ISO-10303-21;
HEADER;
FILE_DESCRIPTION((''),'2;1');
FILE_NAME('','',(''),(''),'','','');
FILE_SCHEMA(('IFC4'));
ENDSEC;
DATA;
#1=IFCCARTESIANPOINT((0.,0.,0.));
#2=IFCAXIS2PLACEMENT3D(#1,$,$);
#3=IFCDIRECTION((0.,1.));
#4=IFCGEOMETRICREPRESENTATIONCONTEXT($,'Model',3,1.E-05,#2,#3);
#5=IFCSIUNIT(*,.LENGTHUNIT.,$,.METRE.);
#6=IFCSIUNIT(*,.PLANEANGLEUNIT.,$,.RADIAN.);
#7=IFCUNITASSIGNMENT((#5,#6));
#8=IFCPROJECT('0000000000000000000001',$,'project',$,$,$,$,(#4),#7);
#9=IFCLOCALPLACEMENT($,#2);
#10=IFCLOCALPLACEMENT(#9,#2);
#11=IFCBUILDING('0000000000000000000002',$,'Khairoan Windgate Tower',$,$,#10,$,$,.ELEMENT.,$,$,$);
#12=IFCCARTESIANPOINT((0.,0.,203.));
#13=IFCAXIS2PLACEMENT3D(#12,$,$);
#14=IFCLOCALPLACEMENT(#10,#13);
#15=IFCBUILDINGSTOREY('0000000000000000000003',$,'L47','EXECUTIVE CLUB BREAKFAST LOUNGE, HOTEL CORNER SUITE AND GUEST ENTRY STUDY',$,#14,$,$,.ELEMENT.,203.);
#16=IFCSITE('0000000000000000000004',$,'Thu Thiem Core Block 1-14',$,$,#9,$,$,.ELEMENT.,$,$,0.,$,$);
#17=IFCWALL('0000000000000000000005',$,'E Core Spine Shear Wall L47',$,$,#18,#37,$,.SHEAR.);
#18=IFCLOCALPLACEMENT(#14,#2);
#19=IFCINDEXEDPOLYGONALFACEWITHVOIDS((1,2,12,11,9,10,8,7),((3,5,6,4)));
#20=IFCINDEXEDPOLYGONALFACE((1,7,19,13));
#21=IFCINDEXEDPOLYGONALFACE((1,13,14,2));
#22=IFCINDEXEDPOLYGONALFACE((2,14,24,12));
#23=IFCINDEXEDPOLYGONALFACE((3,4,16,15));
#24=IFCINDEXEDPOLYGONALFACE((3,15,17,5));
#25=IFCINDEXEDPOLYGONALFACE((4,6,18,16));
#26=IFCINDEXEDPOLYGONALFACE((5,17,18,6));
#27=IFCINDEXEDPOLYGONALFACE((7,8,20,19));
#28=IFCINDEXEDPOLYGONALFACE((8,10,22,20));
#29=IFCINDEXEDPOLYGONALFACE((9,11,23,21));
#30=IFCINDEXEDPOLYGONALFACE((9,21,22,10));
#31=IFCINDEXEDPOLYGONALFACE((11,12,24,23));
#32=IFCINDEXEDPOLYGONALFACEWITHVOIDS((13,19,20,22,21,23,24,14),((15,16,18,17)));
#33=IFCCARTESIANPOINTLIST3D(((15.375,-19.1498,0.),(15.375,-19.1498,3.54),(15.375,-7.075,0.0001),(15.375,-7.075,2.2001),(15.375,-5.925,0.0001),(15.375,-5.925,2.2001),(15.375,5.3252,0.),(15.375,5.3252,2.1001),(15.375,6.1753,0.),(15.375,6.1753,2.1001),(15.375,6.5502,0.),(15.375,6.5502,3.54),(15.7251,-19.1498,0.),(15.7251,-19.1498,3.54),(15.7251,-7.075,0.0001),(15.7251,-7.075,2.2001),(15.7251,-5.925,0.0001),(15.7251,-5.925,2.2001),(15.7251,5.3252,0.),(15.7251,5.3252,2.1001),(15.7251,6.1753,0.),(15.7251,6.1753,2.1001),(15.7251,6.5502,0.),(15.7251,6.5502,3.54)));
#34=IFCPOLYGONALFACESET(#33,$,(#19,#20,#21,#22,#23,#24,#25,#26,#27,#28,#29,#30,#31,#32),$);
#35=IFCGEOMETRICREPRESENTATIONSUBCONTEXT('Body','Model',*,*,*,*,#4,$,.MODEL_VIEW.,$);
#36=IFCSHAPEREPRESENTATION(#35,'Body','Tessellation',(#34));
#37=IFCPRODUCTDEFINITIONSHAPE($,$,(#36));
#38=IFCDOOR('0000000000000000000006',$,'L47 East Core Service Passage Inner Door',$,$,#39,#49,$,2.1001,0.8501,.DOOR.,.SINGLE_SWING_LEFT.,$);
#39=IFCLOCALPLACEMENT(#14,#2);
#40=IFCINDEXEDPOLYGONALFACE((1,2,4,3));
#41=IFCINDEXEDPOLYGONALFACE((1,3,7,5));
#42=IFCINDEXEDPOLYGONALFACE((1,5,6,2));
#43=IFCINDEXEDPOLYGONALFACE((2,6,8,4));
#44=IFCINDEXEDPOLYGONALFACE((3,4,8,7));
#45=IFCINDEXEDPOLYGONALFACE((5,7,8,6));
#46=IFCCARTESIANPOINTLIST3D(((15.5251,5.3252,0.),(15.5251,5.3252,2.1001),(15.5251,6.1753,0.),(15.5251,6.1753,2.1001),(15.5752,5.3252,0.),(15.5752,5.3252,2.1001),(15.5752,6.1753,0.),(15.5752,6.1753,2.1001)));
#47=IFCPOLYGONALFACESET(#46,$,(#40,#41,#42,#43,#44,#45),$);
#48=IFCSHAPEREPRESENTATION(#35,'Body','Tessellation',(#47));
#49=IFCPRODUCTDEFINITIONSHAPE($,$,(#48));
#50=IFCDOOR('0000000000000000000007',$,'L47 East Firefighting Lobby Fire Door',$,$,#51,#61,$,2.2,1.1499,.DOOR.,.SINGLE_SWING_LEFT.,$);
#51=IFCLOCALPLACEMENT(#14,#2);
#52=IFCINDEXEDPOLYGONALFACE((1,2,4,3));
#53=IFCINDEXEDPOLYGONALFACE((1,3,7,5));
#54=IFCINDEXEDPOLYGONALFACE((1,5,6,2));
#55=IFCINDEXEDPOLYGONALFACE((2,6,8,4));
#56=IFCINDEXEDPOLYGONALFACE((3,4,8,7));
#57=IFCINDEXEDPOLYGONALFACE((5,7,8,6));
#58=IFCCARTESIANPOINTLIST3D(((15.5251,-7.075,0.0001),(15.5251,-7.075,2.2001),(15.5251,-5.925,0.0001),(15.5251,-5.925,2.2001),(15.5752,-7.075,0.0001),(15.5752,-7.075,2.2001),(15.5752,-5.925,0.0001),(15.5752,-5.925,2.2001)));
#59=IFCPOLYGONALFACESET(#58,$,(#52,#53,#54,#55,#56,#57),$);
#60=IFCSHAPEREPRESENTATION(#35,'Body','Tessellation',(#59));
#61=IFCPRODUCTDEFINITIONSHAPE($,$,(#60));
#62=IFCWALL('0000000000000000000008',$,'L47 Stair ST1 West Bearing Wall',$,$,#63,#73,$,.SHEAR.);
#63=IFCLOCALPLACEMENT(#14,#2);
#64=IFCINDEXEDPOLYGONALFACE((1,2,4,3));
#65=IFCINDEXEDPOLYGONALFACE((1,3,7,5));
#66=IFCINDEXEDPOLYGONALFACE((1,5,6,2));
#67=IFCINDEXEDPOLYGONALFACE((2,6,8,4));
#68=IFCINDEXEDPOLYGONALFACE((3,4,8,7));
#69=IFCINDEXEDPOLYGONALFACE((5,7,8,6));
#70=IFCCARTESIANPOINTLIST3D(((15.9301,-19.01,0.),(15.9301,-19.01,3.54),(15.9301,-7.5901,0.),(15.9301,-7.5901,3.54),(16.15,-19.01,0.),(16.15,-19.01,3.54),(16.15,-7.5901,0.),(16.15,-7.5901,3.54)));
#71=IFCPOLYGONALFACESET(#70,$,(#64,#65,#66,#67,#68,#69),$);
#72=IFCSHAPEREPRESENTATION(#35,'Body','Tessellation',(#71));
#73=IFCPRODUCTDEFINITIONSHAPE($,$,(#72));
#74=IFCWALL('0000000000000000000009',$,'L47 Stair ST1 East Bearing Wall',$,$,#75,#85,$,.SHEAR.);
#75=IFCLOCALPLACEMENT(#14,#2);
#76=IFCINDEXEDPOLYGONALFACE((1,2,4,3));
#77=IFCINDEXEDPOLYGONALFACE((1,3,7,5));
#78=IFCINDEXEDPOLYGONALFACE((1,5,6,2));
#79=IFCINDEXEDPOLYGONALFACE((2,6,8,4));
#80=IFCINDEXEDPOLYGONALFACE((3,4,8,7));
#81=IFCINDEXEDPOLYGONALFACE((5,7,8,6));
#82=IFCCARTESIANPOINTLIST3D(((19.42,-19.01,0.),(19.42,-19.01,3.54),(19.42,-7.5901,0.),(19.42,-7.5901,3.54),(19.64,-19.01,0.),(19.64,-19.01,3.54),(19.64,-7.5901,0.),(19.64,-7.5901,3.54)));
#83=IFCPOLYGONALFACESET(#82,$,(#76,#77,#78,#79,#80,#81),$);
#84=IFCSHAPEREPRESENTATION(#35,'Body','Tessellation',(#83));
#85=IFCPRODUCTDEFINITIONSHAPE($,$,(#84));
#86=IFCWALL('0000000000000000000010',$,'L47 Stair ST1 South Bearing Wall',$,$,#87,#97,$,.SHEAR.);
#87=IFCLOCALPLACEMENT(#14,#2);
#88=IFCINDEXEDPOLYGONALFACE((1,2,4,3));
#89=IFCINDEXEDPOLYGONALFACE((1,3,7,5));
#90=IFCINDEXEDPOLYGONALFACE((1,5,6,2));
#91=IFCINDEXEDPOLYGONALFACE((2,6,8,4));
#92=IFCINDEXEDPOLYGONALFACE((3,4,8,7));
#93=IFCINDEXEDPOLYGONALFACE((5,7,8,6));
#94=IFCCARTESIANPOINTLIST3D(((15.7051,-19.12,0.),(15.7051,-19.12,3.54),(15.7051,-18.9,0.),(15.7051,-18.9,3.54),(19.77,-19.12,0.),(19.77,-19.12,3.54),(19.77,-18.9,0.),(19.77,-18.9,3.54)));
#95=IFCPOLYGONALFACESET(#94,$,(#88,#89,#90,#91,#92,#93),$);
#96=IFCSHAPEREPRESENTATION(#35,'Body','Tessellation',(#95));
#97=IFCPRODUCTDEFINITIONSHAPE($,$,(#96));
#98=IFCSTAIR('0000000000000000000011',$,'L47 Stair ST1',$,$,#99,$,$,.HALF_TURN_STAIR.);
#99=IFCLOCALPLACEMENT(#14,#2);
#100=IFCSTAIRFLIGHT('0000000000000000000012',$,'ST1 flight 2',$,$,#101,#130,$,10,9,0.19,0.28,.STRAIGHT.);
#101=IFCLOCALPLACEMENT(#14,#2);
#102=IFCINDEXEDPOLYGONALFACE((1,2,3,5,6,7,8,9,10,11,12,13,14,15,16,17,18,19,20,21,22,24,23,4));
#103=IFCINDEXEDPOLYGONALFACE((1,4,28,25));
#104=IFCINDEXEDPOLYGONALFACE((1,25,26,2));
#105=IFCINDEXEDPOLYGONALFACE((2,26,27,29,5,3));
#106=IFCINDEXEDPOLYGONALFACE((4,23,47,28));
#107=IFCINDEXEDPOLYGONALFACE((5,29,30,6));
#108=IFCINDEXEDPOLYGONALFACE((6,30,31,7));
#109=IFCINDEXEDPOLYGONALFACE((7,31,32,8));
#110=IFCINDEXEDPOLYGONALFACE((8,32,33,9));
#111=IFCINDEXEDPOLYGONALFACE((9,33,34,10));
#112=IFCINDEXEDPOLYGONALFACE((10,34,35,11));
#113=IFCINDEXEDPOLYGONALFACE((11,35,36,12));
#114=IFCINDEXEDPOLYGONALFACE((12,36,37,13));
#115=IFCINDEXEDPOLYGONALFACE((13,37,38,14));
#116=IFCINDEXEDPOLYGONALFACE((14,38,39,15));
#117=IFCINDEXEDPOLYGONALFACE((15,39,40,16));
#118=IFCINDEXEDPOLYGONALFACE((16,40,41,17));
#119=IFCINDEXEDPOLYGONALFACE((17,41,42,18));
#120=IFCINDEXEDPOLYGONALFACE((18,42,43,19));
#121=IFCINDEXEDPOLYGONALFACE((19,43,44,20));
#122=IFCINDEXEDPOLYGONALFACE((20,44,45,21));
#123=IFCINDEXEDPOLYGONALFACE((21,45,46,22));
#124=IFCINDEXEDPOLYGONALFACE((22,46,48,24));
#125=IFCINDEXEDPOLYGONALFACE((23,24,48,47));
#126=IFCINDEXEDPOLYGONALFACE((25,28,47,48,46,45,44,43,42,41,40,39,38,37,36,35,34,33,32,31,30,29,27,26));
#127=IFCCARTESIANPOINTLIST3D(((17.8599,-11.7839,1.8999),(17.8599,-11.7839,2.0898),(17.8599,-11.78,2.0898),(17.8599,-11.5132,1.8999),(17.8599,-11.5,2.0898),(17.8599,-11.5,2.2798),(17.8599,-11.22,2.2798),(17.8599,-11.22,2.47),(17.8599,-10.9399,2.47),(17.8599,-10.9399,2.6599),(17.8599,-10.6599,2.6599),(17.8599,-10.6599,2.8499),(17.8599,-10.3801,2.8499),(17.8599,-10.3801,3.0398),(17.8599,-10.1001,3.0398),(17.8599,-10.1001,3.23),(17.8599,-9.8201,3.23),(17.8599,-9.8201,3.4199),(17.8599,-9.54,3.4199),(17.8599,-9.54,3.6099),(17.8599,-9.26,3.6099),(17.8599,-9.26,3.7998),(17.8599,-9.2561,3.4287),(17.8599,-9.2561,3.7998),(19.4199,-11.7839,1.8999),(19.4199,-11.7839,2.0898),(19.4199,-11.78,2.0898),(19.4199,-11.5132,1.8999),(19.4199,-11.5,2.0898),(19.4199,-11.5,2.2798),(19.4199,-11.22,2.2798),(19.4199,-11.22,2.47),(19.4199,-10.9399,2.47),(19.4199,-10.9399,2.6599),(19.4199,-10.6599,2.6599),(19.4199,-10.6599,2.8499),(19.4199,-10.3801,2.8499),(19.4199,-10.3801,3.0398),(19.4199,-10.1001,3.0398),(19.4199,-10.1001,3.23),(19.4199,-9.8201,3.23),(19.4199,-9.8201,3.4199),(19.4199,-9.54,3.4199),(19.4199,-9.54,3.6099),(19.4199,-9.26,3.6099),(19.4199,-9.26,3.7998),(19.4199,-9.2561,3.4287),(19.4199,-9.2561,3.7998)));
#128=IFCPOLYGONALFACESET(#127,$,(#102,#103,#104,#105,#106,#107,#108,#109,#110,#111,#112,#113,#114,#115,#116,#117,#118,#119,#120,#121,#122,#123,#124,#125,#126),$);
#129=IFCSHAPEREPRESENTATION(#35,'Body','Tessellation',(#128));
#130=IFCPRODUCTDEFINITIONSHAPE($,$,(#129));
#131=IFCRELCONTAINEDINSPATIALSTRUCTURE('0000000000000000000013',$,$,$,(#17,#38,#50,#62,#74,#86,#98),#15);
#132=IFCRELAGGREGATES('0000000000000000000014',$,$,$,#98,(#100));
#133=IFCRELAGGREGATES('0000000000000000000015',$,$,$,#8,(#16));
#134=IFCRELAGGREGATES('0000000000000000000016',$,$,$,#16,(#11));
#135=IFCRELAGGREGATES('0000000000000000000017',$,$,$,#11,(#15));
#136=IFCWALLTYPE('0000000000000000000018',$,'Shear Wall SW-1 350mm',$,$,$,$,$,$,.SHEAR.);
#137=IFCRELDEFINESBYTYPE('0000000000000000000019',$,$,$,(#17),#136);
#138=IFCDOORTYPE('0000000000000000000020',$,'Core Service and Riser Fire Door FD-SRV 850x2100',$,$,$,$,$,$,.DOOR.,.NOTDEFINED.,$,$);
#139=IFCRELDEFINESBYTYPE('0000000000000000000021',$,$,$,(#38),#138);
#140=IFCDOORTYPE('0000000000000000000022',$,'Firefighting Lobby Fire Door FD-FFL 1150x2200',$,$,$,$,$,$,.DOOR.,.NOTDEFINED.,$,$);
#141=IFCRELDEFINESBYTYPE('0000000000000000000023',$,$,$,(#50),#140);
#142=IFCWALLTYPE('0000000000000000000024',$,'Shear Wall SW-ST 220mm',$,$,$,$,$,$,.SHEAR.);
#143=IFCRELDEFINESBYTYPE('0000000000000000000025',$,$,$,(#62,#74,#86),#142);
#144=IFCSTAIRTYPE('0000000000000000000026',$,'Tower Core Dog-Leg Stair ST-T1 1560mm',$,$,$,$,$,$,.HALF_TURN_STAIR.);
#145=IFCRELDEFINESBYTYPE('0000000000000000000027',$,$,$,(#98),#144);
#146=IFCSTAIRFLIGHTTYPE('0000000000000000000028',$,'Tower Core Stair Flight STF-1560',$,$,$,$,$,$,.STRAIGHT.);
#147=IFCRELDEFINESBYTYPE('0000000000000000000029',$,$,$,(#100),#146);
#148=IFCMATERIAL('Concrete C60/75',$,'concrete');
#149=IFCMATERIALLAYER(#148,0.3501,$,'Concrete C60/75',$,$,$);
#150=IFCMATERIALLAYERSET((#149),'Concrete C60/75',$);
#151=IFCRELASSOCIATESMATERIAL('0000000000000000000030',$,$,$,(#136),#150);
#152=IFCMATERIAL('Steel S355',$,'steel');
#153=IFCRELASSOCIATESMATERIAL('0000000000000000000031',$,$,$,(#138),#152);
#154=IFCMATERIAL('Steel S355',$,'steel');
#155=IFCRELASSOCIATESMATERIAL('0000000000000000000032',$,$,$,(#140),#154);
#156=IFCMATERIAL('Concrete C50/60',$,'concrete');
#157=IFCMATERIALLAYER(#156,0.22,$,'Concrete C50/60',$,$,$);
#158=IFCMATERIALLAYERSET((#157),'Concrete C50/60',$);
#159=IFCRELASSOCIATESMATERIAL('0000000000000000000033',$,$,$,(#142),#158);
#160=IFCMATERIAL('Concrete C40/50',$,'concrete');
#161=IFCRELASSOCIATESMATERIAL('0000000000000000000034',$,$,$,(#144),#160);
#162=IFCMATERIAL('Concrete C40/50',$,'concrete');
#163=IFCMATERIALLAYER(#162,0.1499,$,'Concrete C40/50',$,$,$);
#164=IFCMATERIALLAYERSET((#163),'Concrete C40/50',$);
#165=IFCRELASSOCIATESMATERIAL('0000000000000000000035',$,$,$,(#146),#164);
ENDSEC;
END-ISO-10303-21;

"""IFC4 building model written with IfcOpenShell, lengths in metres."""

from ifc_helpers import new_model, si_unit, direction, frame, frame_2d, origin, place, context, subcontext, project, spatial, polyline, rectangle, outline, extrude, material, layer, layer_set, type_object, element, fill, aggregate, save


model = new_model("IFC4")

# Units and contexts
model_context = context("Model", 3, precision=1e-05, world=origin(), true_north=direction((0.0, 1.0)))
body_context = subcontext(model_context, "Body", "Model", "MODEL_VIEW")
ifc_project = project(units=[si_unit("LENGTHUNIT", "METRE"), si_unit("PLANEANGLEUNIT", "RADIAN")], contexts=[model_context])

# Site, building, storey
site_placement = place(None, origin())
site = spatial("IfcSite", under=ifc_project, at=site_placement, Name="Thu Thiem Core Block 1-14", CompositionType="ELEMENT", RefElevation=0.0)
building_placement = place(site_placement, origin())
building = spatial("IfcBuilding", under=site, at=building_placement, Name="Khairoan Windgate Tower", CompositionType="ELEMENT")
storey_placement = place(building_placement, frame((0.0, 0.0, 203.0)))
storey = spatial("IfcBuildingStorey", under=building, at=storey_placement, Name="L47", Description="EXECUTIVE CLUB BREAKFAST LOUNGE, HOTEL CORNER SUITE AND GUEST ENTRY STUDY", CompositionType="ELEMENT", Elevation=203.0)

# Wall, openings, doors
ifc_material_1 = material(Name="Concrete C60/75", Category="concrete")
ifc_layer_1 = layer(ifc_material_1, 0.3501, Name="Concrete C60/75")
ifc_layer_set_1 = layer_set([ifc_layer_1], Name="Concrete C60/75")
wall_type_1 = type_object("IfcWallType", Name="Shear Wall SW-1 350mm", PredefinedType="SHEAR", material=ifc_layer_set_1)
wall_1_placement = place(storey_placement, frame((15.55, -19.1499, 0.0), z_axis=(0.0, 0.0, 1.0), x_axis=(0.0, 1.0, 0.0)))
wall_1 = element("IfcWall", 1, at=wall_1_placement, inside=storey, type_object=wall_type_1, Name="E Core Spine Shear Wall L47", PredefinedType="SHEAR", context=body_context, shape_type="SweptSolid", body=[
    extrude(rectangle(XDim=25.7, YDim=0.3501, at=frame_2d((12.8501, 0.0))), origin(), (0.0, 0.0, 1.0), 3.54),
])
opening_1_placement = place(wall_1_placement, frame((12.075, 0.0, 0.0)))
opening_1 = element("IfcOpeningElement", 2, at=opening_1_placement, cuts=wall_1, PredefinedType="OPENING", context=body_context, shape_type="SweptSolid", body=[
    extrude(rectangle(XDim=1.1499, YDim=2.2, at=frame_2d((0.575, 1.1001))), frame((0.0, 0.1851, 0.0), z_axis=(0.0, -1.0, 0.0), x_axis=(1.0, 0.0, 0.0)), (0.0, 0.0, 1.0), 0.3701),
])
opening_2_placement = place(wall_1_placement, frame((24.4751, 0.0, 0.0)))
opening_2 = element("IfcOpeningElement", 3, at=opening_2_placement, cuts=wall_1, PredefinedType="OPENING", context=body_context, shape_type="SweptSolid", body=[
    extrude(rectangle(XDim=0.8501, YDim=2.1001, at=frame_2d((0.425, 1.05))), frame((0.0, 0.1851, 0.0), z_axis=(0.0, -1.0, 0.0), x_axis=(1.0, 0.0, 0.0)), (0.0, 0.0, 1.0), 0.3701),
])
ifc_material_2 = material(Name="Steel S355", Category="steel")
door_type_1 = type_object("IfcDoorType", Name="Core Service and Riser Fire Door FD-SRV 850x2100", OperationType="NOTDEFINED", PredefinedType="DOOR", material=ifc_material_2)
door_1_placement = place(opening_2_placement, origin())
door_1 = element("IfcDoor", 4, at=door_1_placement, inside=storey, type_object=door_type_1, Name="L47 East Core Service Passage Inner Door", OperationType="SINGLE_SWING_LEFT", OverallHeight=2.1001, OverallWidth=0.8501, PredefinedType="DOOR", context=body_context, shape_type="SweptSolid", body=[
    extrude(rectangle(XDim=0.8501, YDim=2.1001, at=frame_2d((0.425, 1.05))), frame((0.0, 0.0249, 0.0), z_axis=(0.0, -1.0, 0.0), x_axis=(1.0, 0.0, 0.0)), (0.0, 0.0, 1.0), 0.05),
])
fill(opening_2, door_1)
ifc_material_3 = material(Name="Steel S355", Category="steel")
door_type_2 = type_object("IfcDoorType", Name="Firefighting Lobby Fire Door FD-FFL 1150x2200", OperationType="NOTDEFINED", PredefinedType="DOOR", material=ifc_material_3)
door_2_placement = place(opening_1_placement, origin())
door_2 = element("IfcDoor", 5, at=door_2_placement, inside=storey, type_object=door_type_2, Name="L47 East Firefighting Lobby Fire Door", OperationType="SINGLE_SWING_LEFT", OverallHeight=2.2, OverallWidth=1.1499, PredefinedType="DOOR", context=body_context, shape_type="SweptSolid", body=[
    extrude(rectangle(XDim=1.1499, YDim=2.2, at=frame_2d((0.575, 1.1001))), frame((0.0, 0.0249, 0.0), z_axis=(0.0, -1.0, 0.0), x_axis=(1.0, 0.0, 0.0)), (0.0, 0.0, 1.0), 0.05),
])
fill(opening_1, door_2)

# Walls
ifc_material_4 = material(Name="Concrete C50/60", Category="concrete")
ifc_layer_2 = layer(ifc_material_4, 0.22, Name="Concrete C50/60")
ifc_layer_set_2 = layer_set([ifc_layer_2], Name="Concrete C50/60")
wall_type_2 = type_object("IfcWallType", Name="Shear Wall SW-ST 220mm", PredefinedType="SHEAR", material=ifc_layer_set_2)
for number, where, z_axis, x_axis, name in (
    (6, (16.04, -19.01, 0.0), (0.0, 0.0, 1.0), (0.0, 1.0, 0.0), "L47 Stair ST1 West Bearing Wall"),
    (7, (19.53, -19.01, 0.0), (0.0, 0.0, 1.0), (0.0, 1.0, 0.0), "L47 Stair ST1 East Bearing Wall"),
):
    element("IfcWall", number, at=place(storey_placement, frame(where, z_axis=z_axis, x_axis=x_axis)), inside=storey, type_object=wall_type_2, Name=name, PredefinedType="SHEAR", context=body_context, shape_type="SweptSolid", body=[
        extrude(rectangle(XDim=11.4199, YDim=0.22, at=frame_2d((5.71, 0.0))), origin(), (0.0, 0.0, 1.0), 3.54),
    ])
wall_2_placement = place(storey_placement, frame((15.7051, -19.01, 0.0), z_axis=(0.0, 0.0, 1.0), x_axis=(1.0, 0.0, 0.0)))
element("IfcWall", 8, at=wall_2_placement, inside=storey, type_object=wall_type_2, Name="L47 Stair ST1 South Bearing Wall", PredefinedType="SHEAR", context=body_context, shape_type="SweptSolid", body=[
    extrude(rectangle(XDim=4.0649, YDim=0.22, at=frame_2d((2.0325, 0.0))), origin(), (0.0, 0.0, 1.0), 3.54),
])

# Stair, stair flight
ifc_material_5 = material(Name="Concrete C40/50", Category="concrete")
stair_type = type_object("IfcStairType", Name="Tower Core Dog-Leg Stair ST-T1 1560mm", PredefinedType="HALF_TURN_STAIR", material=ifc_material_5)
stair_placement = place(storey_placement, origin())
stair = element("IfcStair", 9, at=stair_placement, inside=storey, type_object=stair_type, Name="L47 Stair ST1", PredefinedType="HALF_TURN_STAIR")
ifc_material_6 = material(Name="Concrete C40/50", Category="concrete")
ifc_layer_3 = layer(ifc_material_6, 0.1499, Name="Concrete C40/50")
ifc_layer_set_3 = layer_set([ifc_layer_3], Name="Concrete C40/50")
stair_flight_type = type_object("IfcStairFlightType", Name="Tower Core Stair Flight STF-1560", PredefinedType="STRAIGHT", material=ifc_layer_set_3)
stair_flight_placement = place(storey_placement, frame((18.6399, -11.78, 1.8999), z_axis=(0.0, 0.0, 1.0), x_axis=(0.0, 1.0, 0.0)))
stair_flight = element("IfcStairFlight", 10, at=stair_flight_placement, type_object=stair_flight_type, Name="ST1 flight 2", NumberOfRisers=10, NumberOfTreads=9, PredefinedType="STRAIGHT", RiserHeight=0.19, TreadLength=0.28, context=body_context, shape_type="SweptSolid", body=[
    extrude(outline(polyline([(-0.0039, 0.0), (-0.0039, 0.1899), (0.0, 0.1899), (0.28, 0.1899), (0.28, 0.3799), (0.5601, 0.3799), (0.5601, 0.5701), (0.8401, 0.5701), (0.8401, 0.76), (1.1201, 0.76), (1.1201, 0.95), (1.3999, 0.95), (1.3999, 1.1399), (1.6799, 1.1399), (1.6799, 1.3301), (1.96, 1.3301), (1.96, 1.52), (2.24, 1.52), (2.24, 1.71), (2.52, 1.71), (2.52, 1.8999), (2.5239, 1.8999), (2.5239, 1.5288), (0.2668, 0.0), (-0.0039, 0.0)])), frame((0.0, 0.78, 0.0), z_axis=(0.0, -1.0, 0.0), x_axis=(1.0, 0.0, 0.0)), (0.0, 0.0, 1.0), 1.5601),
])
aggregate(stair, [stair_flight])

save(model, "model.ifc")
